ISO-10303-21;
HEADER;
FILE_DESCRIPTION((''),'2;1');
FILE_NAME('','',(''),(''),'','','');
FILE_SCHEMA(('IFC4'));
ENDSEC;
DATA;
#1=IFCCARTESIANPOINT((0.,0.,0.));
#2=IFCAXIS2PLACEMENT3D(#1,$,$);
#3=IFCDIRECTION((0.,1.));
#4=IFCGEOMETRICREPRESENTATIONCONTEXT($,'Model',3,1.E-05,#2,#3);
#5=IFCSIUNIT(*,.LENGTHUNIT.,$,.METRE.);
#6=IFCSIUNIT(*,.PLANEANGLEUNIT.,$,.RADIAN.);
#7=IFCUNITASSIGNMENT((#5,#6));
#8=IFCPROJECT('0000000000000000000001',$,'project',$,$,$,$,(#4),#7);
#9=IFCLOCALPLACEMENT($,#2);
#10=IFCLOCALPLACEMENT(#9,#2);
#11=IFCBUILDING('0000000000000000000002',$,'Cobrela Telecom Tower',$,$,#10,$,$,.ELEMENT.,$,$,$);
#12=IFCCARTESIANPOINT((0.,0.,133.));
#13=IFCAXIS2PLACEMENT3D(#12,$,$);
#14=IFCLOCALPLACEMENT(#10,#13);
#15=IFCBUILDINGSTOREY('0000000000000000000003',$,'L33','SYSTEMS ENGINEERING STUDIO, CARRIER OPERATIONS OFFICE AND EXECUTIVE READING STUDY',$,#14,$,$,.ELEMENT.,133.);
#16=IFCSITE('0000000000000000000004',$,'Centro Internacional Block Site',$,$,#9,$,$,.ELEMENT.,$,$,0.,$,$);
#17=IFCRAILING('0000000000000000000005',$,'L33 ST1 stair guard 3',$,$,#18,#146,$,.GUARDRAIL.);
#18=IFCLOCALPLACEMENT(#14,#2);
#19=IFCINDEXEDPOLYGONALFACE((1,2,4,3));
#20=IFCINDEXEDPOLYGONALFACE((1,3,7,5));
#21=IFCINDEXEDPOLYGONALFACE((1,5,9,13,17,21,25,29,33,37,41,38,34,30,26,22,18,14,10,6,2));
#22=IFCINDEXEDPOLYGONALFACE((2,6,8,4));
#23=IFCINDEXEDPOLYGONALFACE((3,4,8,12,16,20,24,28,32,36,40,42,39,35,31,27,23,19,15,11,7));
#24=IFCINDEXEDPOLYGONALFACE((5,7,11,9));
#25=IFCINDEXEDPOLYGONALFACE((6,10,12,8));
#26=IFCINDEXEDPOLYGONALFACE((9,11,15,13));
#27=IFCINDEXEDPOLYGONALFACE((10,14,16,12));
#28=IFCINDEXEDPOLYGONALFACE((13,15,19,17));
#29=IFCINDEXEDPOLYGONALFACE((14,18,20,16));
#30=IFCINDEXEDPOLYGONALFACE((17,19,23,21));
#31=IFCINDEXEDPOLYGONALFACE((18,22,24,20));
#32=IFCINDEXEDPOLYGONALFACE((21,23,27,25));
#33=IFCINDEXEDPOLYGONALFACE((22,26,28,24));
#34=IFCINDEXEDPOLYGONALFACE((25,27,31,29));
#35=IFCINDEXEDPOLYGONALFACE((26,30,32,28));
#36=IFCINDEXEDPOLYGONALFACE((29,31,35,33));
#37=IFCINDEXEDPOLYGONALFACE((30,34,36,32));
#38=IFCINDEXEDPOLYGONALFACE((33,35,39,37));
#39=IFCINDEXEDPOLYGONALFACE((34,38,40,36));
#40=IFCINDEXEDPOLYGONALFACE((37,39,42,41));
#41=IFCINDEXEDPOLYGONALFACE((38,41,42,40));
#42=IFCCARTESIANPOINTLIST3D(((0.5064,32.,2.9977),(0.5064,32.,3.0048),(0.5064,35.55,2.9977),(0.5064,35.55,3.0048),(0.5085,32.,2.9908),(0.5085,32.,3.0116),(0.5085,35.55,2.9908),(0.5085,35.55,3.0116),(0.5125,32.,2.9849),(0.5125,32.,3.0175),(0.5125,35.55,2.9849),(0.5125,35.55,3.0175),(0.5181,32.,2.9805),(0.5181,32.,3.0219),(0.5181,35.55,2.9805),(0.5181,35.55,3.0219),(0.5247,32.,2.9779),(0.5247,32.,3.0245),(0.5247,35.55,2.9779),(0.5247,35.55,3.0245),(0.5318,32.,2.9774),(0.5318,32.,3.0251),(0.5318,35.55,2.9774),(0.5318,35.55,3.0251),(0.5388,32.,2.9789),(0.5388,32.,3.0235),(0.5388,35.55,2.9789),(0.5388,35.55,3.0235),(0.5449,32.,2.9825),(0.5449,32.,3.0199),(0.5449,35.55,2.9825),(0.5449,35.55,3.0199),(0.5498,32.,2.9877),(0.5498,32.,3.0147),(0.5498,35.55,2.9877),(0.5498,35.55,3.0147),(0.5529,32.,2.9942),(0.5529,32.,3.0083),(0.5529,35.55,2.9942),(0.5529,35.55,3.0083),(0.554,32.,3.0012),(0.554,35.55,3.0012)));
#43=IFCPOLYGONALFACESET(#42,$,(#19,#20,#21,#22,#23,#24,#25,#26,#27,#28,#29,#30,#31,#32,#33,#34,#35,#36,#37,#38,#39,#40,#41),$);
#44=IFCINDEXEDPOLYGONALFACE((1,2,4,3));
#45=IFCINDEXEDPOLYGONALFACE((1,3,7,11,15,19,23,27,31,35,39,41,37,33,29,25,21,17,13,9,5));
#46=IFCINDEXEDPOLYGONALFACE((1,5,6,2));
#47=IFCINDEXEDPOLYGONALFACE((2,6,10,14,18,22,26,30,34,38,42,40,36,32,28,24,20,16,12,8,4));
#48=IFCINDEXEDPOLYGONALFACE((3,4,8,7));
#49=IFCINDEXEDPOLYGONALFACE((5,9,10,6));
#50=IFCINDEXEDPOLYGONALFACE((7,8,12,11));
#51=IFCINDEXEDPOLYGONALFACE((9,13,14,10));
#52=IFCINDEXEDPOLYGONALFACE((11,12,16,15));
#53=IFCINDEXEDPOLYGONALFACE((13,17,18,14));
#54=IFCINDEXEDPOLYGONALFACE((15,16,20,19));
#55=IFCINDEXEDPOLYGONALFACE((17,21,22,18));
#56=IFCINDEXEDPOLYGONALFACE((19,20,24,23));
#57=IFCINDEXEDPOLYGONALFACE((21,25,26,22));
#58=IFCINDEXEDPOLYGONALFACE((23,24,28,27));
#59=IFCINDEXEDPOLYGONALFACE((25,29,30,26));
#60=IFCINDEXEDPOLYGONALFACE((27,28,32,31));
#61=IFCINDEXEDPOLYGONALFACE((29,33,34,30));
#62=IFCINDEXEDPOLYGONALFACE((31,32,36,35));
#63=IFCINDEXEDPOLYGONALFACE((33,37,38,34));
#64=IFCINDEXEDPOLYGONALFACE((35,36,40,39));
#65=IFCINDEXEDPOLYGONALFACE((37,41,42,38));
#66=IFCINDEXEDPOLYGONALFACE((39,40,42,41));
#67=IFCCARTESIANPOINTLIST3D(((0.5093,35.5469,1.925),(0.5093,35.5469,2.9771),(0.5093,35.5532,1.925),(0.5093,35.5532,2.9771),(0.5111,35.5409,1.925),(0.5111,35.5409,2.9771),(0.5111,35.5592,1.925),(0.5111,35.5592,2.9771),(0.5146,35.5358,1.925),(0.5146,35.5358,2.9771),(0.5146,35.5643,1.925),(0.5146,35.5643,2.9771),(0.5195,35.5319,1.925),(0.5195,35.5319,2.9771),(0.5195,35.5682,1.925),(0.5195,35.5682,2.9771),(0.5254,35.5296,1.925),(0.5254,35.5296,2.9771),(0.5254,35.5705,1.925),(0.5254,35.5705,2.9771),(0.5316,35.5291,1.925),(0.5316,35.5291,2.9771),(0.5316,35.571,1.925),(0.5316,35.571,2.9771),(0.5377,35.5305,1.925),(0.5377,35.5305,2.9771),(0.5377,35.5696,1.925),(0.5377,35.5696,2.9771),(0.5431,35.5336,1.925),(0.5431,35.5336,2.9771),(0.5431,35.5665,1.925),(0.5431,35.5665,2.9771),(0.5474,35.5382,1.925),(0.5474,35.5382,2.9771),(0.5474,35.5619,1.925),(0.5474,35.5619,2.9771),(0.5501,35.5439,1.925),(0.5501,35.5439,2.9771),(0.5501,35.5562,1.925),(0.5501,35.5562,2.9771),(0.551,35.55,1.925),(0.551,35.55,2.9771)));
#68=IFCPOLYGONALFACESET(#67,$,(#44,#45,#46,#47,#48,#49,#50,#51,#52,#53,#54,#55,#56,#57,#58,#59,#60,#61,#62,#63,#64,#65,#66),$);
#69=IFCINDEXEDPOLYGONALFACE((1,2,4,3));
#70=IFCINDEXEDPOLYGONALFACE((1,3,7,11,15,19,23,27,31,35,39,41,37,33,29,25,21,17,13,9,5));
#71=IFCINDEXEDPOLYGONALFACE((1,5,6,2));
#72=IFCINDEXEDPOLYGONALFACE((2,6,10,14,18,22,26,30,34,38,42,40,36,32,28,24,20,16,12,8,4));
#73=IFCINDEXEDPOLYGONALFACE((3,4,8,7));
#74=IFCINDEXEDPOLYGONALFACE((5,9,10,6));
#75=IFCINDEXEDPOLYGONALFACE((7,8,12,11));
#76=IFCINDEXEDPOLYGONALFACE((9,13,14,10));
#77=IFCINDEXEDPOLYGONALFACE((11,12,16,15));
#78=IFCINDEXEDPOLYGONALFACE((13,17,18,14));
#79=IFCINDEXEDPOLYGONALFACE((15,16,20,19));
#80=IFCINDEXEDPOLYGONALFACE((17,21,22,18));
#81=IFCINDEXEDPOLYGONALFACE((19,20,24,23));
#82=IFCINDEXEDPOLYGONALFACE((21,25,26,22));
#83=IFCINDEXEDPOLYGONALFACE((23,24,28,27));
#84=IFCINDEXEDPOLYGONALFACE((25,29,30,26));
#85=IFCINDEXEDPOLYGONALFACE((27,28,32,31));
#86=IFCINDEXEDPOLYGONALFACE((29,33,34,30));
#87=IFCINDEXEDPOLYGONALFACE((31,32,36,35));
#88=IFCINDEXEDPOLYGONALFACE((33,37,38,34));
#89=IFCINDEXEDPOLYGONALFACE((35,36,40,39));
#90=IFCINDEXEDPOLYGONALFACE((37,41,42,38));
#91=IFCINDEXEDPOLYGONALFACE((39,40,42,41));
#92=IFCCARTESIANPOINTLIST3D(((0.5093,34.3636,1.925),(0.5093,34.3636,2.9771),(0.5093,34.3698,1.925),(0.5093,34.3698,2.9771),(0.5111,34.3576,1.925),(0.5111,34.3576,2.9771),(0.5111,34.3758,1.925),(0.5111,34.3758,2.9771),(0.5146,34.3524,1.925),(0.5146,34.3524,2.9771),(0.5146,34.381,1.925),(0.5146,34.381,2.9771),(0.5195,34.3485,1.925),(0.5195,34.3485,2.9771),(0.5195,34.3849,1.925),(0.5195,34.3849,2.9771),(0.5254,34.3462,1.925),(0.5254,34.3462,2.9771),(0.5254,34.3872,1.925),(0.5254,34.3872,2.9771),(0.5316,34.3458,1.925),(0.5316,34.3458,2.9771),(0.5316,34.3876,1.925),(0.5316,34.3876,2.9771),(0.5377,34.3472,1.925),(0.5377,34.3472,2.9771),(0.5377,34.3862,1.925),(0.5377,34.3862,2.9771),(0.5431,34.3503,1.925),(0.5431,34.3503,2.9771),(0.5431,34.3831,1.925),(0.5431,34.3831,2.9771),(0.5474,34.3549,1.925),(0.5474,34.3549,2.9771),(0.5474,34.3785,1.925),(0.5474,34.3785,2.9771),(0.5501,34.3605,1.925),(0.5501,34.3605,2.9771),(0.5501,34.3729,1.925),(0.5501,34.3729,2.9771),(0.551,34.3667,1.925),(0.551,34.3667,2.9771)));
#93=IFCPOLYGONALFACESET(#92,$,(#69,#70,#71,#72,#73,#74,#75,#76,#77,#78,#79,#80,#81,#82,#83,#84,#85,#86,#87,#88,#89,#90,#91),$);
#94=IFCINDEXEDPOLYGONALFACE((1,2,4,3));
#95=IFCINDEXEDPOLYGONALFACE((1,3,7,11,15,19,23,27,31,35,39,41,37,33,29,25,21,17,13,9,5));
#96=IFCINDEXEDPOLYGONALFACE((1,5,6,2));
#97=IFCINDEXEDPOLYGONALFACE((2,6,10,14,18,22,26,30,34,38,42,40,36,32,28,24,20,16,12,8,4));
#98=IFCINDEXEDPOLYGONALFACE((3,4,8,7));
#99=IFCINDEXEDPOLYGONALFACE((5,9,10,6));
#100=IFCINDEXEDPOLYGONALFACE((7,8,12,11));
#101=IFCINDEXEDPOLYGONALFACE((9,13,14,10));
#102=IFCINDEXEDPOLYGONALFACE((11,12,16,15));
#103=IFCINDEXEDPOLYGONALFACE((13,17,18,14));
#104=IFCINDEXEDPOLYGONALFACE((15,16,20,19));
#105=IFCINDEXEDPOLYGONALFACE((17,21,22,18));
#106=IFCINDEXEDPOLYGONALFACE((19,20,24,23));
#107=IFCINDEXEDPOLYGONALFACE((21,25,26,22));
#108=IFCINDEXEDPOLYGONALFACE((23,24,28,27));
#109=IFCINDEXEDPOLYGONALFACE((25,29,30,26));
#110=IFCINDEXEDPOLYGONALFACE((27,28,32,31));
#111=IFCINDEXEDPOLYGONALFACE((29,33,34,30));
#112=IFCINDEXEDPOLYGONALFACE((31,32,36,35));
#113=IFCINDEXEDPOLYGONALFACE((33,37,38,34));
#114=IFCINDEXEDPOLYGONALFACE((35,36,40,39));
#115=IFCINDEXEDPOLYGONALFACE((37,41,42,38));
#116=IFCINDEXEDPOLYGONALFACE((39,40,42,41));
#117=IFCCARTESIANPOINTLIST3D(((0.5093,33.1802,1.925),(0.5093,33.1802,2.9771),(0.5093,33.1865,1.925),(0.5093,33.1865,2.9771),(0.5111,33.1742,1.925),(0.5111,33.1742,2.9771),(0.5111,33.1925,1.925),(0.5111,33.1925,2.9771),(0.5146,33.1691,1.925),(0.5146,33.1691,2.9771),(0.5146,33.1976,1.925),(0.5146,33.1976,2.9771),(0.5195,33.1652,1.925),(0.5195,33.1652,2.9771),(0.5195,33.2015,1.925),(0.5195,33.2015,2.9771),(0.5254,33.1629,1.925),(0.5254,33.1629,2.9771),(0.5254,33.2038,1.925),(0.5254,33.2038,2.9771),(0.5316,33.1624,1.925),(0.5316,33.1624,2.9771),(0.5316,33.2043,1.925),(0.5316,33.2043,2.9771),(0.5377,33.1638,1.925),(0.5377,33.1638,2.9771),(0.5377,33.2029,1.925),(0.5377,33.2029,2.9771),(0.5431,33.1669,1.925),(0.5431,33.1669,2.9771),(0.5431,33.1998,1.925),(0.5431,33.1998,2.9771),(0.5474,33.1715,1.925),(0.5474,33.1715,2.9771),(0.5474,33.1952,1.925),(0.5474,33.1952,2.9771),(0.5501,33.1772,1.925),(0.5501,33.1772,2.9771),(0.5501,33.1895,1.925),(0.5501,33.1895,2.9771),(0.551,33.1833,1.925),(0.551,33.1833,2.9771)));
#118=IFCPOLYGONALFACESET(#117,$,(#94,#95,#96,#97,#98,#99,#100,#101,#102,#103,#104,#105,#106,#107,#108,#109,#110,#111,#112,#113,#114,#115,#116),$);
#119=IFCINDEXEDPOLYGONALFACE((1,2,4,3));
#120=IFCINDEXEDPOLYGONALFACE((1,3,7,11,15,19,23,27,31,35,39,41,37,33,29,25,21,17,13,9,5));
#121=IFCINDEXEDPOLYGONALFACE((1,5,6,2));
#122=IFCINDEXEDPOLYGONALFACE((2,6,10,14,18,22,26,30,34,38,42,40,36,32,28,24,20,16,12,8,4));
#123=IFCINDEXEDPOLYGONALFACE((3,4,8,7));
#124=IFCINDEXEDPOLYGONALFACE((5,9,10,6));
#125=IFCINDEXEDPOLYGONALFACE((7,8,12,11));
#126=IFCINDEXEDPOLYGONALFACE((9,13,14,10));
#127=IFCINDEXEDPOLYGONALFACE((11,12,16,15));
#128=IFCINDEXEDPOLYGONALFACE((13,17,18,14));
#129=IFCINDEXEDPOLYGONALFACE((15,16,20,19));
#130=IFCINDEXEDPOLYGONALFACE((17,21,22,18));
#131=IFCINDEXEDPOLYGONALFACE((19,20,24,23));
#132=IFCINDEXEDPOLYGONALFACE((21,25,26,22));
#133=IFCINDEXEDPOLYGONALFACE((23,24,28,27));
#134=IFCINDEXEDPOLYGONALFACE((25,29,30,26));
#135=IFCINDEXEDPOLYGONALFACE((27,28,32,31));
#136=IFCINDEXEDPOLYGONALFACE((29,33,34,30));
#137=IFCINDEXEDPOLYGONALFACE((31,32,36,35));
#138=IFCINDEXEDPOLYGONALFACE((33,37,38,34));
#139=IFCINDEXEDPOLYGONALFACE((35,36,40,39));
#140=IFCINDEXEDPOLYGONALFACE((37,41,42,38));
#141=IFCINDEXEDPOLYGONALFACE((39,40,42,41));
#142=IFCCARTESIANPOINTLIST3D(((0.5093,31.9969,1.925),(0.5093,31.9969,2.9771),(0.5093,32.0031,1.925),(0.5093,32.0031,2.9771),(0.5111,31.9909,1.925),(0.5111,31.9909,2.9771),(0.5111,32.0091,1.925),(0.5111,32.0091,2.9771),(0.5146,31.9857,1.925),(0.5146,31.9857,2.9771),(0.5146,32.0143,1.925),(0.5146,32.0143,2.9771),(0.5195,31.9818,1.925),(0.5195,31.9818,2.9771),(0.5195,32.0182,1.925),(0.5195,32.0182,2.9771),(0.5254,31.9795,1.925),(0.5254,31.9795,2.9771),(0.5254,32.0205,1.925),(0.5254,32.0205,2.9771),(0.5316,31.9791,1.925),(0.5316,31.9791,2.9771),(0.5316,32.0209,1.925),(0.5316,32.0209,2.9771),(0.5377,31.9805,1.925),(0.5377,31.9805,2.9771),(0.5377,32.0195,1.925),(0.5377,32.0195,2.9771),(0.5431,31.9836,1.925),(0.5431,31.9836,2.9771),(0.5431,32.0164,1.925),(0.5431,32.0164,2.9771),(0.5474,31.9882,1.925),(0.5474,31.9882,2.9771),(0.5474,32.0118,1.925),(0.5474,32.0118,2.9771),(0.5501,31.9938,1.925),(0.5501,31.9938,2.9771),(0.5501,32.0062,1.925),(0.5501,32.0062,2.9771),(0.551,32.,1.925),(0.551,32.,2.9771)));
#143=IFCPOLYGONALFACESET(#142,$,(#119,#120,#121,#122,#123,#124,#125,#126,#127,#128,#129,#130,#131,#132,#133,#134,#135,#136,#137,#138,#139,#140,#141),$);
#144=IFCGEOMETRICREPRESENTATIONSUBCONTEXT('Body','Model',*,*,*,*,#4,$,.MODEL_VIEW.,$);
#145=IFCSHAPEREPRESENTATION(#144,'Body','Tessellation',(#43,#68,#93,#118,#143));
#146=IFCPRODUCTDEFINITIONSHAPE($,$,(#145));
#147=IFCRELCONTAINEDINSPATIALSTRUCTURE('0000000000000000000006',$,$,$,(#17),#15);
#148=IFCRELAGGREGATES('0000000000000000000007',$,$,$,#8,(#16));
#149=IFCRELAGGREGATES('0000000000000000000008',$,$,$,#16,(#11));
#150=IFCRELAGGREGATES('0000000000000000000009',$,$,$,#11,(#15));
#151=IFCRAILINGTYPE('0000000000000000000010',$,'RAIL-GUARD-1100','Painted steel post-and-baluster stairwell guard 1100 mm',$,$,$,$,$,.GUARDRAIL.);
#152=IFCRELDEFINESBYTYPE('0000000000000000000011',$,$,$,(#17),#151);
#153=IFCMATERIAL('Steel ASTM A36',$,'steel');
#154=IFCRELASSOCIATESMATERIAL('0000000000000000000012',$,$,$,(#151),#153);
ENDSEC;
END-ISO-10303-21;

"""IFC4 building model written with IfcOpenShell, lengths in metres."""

from ifc_helpers import new_model, si_unit, direction, frame, origin, origin_2d, place, context, subcontext, project, spatial, circle, extrude, material, type_object, element, save


model = new_model("IFC4")

# Units and contexts
model_context = context("Model", 3, precision=1e-05, world=origin(), true_north=direction((0.0, 1.0)))
body_context = subcontext(model_context, "Body", "Model", "MODEL_VIEW")
ifc_project = project(units=[si_unit("LENGTHUNIT", "METRE"), si_unit("PLANEANGLEUNIT", "RADIAN")], contexts=[model_context])

# Site, building, storey
site_placement = place(None, origin())
site = spatial("IfcSite", under=ifc_project, at=site_placement, Name="Centro Internacional Block Site", CompositionType="ELEMENT", RefElevation=0.0)
building_placement = place(site_placement, origin())
building = spatial("IfcBuilding", under=site, at=building_placement, Name="Cobrela Telecom Tower", CompositionType="ELEMENT")
storey_placement = place(building_placement, frame((0.0, 0.0, 133.0)))
storey = spatial("IfcBuildingStorey", under=building, at=storey_placement, Name="L33", Description="SYSTEMS ENGINEERING STUDIO, CARRIER OPERATIONS OFFICE AND EXECUTIVE READING STUDY", CompositionType="ELEMENT", Elevation=133.0)

# Shared definitions
ifc_material_1 = material(Name="Steel ASTM A36", Category="steel")

# Railing
railing_type_1 = type_object("IfcRailingType", Name="RAIL-GUARD-1100", Description="Painted steel post-and-baluster stairwell guard 1100 mm", PredefinedType="GUARDRAIL", material=ifc_material_1)
railing_1_placement = place(storey_placement, frame((0.53, 35.55, 1.925)))
element("IfcRailing", 1, at=railing_1_placement, inside=storey, type_object=railing_type_1, Name="L33 ST1 stair guard 3", PredefinedType="GUARDRAIL", context=body_context, shape_type="SweptSolid", body=[
    extrude(circle(Radius=0.0239, at=origin_2d()), frame((0.0, 0.0, 1.0762), z_axis=(0.0, -1.0, 0.0), x_axis=(1.0, 0.0, 0.0)), (0.0, 0.0, 1.0), 3.55),
    extrude(circle(Radius=0.021, at=origin_2d()), origin(), (0.0, 0.0, 1.0), 1.052),
    extrude(circle(Radius=0.021, at=origin_2d()), frame((0.0, -1.1833, 0.0)), (0.0, 0.0, 1.0), 1.052),
    extrude(circle(Radius=0.021, at=origin_2d()), frame((0.0, -2.3667, 0.0)), (0.0, 0.0, 1.0), 1.052),
    extrude(circle(Radius=0.021, at=origin_2d()), frame((0.0, -3.55, 0.0)), (0.0, 0.0, 1.0), 1.052),
])

save(model, "model.ifc")
